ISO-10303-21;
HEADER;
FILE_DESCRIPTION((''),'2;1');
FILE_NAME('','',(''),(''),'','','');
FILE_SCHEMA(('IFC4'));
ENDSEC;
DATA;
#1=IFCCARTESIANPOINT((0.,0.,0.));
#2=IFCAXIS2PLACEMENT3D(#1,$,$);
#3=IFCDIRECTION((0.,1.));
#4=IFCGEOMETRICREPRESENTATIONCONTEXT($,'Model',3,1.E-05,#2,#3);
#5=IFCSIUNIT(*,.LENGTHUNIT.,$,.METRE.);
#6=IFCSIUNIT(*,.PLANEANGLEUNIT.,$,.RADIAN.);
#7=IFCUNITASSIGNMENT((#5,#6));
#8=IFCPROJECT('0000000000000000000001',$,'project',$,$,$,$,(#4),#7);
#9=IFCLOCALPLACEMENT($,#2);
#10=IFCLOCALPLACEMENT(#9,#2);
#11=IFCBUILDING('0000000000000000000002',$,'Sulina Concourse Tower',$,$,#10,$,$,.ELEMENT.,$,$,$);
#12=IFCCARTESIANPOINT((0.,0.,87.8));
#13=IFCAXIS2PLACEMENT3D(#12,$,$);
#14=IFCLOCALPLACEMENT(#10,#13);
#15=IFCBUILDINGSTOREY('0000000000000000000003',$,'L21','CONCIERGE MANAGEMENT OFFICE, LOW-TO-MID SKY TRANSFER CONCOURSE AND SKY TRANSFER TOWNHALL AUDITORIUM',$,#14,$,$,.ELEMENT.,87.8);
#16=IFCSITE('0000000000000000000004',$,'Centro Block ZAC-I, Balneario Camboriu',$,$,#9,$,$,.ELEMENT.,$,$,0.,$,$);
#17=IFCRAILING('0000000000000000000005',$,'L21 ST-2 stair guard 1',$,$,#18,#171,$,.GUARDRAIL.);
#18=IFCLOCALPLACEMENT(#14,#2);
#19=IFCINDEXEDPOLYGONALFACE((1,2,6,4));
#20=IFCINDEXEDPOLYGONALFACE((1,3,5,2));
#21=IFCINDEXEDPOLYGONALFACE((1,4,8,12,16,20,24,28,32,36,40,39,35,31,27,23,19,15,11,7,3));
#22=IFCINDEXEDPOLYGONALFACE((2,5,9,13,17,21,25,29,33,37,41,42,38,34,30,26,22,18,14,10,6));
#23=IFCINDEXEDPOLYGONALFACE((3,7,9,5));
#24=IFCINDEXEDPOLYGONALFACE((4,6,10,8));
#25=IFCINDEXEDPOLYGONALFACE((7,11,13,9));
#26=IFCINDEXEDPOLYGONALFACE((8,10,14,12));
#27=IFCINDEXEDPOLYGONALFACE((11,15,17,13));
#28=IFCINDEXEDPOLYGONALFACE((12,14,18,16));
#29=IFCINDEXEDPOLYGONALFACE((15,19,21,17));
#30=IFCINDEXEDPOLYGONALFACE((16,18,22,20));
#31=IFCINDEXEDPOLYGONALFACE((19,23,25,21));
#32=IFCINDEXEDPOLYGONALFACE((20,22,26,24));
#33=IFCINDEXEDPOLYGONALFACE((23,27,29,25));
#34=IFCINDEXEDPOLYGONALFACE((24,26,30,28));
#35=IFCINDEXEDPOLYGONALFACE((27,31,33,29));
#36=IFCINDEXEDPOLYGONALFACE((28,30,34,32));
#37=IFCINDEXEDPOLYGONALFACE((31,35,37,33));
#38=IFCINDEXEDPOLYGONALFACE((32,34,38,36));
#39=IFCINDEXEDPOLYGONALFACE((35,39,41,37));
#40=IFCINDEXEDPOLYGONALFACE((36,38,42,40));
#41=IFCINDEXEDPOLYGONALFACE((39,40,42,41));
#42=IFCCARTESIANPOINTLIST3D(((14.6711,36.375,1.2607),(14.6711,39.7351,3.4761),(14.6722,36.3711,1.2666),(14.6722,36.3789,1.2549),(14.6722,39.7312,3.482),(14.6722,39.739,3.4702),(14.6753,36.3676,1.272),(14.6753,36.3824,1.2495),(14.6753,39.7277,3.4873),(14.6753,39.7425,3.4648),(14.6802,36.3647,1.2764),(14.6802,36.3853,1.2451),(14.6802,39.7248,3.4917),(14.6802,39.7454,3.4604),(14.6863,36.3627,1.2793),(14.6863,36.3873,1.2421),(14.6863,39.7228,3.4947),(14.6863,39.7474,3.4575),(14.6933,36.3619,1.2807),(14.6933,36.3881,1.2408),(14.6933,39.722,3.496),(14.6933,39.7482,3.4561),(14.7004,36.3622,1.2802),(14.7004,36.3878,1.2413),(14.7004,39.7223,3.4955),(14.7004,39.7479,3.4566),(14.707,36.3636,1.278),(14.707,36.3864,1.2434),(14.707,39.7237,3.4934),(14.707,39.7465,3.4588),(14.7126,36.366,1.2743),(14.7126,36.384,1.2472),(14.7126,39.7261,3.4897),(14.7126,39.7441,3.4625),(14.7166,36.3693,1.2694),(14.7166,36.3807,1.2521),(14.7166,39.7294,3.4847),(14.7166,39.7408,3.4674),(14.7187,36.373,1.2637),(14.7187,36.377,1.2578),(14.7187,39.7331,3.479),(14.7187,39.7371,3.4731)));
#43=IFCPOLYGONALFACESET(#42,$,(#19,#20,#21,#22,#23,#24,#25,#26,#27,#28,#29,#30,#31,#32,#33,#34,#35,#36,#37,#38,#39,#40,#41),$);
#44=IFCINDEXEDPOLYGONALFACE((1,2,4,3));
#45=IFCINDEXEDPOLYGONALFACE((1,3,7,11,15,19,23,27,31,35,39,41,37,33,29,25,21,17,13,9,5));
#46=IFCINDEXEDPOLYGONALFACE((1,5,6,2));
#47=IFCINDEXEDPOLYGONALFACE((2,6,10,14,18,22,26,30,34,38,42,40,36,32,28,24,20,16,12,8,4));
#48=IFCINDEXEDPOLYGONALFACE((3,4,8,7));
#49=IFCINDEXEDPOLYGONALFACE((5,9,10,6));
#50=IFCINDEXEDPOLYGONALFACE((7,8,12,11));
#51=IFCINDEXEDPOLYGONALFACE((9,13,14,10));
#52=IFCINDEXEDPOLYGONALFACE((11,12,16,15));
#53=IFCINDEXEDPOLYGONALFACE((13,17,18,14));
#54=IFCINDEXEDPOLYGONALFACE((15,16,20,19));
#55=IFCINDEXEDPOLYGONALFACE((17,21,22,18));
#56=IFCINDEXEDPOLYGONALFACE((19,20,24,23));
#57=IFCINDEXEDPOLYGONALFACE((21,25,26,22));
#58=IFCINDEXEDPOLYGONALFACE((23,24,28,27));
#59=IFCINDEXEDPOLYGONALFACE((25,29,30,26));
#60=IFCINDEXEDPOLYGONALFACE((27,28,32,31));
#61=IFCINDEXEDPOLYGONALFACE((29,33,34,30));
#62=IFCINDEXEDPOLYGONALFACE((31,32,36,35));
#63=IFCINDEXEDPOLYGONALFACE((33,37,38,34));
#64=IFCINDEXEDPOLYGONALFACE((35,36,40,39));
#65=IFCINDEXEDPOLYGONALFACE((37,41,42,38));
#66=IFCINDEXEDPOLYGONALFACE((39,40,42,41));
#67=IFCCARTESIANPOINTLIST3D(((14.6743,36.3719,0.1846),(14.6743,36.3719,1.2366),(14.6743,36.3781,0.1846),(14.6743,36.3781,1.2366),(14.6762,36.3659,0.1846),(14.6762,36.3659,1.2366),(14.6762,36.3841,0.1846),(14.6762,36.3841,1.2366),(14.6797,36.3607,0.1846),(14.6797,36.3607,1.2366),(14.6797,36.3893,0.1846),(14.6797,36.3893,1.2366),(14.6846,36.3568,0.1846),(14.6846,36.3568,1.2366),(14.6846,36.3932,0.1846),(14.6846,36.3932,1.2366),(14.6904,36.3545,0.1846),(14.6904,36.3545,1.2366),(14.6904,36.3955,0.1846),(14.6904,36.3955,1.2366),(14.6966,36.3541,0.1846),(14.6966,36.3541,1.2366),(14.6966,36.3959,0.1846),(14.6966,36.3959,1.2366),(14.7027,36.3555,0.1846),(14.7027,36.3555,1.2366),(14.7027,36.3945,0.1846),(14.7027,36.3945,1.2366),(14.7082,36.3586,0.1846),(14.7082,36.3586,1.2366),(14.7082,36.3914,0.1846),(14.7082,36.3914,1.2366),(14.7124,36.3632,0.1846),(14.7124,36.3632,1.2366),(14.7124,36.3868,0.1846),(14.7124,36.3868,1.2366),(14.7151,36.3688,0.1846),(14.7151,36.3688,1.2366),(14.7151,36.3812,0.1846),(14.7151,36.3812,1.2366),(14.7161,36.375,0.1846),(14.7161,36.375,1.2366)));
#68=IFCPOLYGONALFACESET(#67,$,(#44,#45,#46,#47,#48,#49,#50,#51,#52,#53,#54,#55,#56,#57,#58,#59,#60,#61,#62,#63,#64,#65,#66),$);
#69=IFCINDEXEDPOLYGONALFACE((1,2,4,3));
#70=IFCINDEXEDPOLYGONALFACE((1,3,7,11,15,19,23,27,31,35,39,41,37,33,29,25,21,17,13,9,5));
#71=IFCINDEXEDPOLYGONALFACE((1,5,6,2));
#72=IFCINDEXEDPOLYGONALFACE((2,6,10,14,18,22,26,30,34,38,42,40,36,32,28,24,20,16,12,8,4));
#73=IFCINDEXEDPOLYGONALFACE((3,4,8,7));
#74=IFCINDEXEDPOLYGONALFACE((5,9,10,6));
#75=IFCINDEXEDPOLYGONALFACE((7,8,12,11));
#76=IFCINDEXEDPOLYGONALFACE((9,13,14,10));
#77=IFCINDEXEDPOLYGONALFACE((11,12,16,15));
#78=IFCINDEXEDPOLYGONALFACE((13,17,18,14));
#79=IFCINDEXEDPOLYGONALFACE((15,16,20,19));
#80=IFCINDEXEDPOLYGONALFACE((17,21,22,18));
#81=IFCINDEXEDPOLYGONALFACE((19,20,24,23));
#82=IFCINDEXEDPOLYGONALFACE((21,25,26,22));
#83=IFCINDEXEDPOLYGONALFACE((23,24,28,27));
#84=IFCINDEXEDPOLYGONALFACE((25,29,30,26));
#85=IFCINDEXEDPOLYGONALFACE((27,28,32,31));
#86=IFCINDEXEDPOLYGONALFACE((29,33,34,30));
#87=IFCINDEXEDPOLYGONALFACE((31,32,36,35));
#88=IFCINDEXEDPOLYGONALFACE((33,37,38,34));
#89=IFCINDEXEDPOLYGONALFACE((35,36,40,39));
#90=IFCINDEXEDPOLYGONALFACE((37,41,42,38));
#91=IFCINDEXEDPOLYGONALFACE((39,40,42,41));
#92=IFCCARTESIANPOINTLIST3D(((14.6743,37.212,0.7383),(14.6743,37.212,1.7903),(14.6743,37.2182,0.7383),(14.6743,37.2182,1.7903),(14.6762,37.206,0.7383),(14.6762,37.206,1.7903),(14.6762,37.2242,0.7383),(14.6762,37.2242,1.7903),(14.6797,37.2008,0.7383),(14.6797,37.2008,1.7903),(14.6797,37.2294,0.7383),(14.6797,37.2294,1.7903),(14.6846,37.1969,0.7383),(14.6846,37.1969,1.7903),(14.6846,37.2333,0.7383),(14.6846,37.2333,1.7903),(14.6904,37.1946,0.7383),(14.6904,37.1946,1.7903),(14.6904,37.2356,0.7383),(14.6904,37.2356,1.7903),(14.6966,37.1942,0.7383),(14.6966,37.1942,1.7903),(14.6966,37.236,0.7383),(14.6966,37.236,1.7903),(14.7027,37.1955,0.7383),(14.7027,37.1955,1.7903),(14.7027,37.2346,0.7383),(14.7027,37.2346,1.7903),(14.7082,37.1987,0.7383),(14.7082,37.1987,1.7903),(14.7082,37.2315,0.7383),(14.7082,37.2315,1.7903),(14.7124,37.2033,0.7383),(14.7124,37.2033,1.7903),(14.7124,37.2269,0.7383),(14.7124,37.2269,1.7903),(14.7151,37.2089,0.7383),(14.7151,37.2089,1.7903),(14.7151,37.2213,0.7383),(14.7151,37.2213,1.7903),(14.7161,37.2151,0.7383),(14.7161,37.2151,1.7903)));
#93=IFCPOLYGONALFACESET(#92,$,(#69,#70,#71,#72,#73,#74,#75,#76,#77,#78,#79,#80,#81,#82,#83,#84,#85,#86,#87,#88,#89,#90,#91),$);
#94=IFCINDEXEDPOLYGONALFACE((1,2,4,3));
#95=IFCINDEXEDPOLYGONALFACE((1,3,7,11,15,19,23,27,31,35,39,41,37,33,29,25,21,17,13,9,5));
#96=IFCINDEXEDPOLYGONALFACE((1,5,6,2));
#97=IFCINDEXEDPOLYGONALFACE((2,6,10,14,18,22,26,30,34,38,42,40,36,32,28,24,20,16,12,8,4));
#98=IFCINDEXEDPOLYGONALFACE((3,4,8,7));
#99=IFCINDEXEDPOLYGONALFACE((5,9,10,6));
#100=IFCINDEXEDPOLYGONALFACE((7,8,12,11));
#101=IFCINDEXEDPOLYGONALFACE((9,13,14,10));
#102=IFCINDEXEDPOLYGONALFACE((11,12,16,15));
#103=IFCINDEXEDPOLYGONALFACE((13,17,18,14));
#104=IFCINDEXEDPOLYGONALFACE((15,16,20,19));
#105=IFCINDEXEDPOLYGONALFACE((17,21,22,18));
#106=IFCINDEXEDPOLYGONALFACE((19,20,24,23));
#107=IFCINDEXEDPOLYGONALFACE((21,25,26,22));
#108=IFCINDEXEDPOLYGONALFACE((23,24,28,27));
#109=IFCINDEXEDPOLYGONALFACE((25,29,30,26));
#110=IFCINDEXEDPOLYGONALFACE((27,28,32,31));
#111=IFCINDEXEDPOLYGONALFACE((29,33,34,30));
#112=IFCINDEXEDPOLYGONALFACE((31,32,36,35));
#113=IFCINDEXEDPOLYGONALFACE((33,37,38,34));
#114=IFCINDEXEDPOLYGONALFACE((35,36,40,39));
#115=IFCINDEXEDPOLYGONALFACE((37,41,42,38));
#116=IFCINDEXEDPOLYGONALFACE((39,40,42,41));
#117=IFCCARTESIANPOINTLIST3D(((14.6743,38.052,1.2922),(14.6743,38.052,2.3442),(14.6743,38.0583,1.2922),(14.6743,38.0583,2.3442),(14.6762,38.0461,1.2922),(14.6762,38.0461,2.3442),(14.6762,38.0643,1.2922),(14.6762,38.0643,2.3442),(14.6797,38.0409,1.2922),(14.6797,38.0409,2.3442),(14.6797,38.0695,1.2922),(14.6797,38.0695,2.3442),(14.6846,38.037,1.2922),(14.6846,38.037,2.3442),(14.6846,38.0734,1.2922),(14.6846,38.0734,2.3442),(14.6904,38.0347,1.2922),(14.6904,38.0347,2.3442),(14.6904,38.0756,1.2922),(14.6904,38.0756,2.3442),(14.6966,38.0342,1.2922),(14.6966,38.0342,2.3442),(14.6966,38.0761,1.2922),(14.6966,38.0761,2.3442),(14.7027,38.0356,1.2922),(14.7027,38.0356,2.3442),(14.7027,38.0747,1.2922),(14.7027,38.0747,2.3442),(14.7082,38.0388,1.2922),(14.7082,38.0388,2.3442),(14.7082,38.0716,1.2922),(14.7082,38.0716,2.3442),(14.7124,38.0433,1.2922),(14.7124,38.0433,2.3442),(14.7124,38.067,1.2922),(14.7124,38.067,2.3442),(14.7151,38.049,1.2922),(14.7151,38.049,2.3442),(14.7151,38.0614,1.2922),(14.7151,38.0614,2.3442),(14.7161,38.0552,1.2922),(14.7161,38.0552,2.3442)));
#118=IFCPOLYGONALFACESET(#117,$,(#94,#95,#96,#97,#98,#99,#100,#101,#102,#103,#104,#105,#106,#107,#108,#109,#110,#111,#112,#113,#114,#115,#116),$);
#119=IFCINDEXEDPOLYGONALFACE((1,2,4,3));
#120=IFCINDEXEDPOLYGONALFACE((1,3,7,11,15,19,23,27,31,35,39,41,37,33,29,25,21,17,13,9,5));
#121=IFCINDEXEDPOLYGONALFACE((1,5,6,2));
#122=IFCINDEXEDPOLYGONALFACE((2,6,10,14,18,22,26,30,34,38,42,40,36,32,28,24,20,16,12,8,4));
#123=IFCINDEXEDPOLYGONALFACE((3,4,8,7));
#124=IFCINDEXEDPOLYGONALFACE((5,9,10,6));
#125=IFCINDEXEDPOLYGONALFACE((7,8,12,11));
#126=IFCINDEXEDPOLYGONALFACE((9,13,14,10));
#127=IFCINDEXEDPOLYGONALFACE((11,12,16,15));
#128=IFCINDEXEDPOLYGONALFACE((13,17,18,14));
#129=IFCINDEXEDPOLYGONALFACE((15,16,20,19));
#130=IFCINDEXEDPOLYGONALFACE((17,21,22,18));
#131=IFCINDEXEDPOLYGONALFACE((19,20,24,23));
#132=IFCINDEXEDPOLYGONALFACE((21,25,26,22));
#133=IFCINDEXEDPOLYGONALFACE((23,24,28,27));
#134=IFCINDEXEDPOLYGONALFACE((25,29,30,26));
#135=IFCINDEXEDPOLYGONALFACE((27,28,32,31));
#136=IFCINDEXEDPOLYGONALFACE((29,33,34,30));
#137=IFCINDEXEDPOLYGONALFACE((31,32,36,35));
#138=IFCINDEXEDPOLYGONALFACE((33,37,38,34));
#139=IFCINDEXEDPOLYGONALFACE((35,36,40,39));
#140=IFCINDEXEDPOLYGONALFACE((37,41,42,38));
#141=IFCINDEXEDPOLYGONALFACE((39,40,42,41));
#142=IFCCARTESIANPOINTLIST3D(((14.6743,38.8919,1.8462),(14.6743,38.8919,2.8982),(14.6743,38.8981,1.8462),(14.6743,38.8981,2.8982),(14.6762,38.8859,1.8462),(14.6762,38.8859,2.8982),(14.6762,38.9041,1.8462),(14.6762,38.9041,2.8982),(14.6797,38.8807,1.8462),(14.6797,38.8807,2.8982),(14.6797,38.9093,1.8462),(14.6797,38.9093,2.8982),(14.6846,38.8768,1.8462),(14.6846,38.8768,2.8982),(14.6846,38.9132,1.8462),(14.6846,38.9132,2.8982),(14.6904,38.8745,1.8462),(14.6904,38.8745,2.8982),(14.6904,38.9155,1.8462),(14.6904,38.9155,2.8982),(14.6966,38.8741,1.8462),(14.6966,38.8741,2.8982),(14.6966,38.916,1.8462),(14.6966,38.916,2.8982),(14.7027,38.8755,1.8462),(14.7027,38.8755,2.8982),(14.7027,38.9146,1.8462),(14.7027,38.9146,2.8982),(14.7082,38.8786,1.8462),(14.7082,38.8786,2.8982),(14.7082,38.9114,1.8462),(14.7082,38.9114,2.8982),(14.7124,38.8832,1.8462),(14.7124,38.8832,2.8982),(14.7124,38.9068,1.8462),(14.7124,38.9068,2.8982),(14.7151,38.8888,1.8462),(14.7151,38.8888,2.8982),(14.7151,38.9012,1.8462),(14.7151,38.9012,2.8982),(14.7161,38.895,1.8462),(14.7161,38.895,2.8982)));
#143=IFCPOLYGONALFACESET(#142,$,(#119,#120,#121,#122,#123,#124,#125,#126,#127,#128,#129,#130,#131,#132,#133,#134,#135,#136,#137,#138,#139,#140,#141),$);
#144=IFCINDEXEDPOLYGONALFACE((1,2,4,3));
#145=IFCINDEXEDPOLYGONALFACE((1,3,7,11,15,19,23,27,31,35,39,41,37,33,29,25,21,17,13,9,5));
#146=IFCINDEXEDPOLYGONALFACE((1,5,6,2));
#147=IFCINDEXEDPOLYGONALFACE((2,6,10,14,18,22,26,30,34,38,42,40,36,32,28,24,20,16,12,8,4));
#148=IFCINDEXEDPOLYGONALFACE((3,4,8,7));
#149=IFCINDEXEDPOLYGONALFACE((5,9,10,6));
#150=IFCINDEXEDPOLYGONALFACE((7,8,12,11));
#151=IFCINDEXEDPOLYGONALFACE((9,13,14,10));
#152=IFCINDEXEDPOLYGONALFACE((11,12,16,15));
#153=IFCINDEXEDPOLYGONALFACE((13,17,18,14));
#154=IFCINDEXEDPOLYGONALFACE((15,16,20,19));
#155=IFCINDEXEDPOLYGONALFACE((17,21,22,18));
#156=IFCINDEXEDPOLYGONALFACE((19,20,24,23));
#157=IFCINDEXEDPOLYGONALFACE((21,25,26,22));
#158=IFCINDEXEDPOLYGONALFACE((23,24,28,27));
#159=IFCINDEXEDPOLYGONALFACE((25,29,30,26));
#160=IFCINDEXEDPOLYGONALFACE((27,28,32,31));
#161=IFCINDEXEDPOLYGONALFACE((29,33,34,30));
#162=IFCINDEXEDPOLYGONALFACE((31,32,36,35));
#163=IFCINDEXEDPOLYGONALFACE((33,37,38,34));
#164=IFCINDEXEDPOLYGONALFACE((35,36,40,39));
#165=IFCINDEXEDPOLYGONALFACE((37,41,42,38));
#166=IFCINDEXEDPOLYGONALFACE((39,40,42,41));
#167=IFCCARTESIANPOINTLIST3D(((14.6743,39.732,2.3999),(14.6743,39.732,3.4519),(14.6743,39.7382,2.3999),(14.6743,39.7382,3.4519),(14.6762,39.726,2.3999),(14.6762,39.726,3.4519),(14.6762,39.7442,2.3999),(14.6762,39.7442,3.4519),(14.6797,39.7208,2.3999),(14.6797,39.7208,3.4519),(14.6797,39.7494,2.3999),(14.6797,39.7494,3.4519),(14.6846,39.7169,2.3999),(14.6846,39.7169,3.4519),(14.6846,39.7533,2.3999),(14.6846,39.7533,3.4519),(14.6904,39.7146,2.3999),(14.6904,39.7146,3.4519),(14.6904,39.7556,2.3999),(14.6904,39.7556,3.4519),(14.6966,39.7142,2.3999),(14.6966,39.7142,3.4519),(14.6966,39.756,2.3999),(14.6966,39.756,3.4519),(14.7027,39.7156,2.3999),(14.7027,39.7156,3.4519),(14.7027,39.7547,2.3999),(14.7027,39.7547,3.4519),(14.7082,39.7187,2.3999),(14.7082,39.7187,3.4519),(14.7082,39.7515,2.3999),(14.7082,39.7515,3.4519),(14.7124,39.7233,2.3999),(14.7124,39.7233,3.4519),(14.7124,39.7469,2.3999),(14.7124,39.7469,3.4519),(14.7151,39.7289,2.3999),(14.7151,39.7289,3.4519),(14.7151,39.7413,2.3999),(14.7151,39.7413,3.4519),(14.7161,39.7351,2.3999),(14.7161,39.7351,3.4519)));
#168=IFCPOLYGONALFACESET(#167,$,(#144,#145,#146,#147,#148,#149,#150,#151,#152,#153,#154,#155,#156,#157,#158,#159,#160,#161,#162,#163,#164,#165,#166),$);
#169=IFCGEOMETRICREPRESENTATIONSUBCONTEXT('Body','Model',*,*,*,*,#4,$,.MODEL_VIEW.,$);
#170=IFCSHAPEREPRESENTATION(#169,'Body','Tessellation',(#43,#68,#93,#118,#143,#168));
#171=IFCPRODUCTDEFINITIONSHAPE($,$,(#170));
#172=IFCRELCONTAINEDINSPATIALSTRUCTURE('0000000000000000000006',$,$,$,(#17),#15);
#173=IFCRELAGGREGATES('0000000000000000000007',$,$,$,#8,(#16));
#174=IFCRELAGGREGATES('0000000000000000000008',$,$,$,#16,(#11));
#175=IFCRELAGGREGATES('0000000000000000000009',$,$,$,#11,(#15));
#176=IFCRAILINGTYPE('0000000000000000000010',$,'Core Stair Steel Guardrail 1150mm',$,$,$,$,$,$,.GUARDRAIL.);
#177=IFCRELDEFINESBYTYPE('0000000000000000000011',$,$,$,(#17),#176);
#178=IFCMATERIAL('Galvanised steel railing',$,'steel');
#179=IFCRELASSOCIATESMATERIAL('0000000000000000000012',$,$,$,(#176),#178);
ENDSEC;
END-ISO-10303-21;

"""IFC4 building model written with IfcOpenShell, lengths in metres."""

from ifc_helpers import new_model, si_unit, direction, frame, origin, origin_2d, place, context, subcontext, project, spatial, circle, extrude, material, type_object, element, save


model = new_model("IFC4")

# Units and contexts
model_context = context("Model", 3, precision=1e-05, world=origin(), true_north=direction((0.0, 1.0)))
body_context = subcontext(model_context, "Body", "Model", "MODEL_VIEW")
ifc_project = project(units=[si_unit("LENGTHUNIT", "METRE"), si_unit("PLANEANGLEUNIT", "RADIAN")], contexts=[model_context])

# Site, building, storey
site_placement = place(None, origin())
site = spatial("IfcSite", under=ifc_project, at=site_placement, Name="Centro Block ZAC-I, Balneario Camboriu", CompositionType="ELEMENT", RefElevation=0.0)
building_placement = place(site_placement, origin())
building = spatial("IfcBuilding", under=site, at=building_placement, Name="Sulina Concourse Tower", CompositionType="ELEMENT")
storey_placement = place(building_placement, frame((0.0, 0.0, 87.8)))
storey = spatial("IfcBuildingStorey", under=building, at=storey_placement, Name="L21", Description="CONCIERGE MANAGEMENT OFFICE, LOW-TO-MID SKY TRANSFER CONCOURSE AND SKY TRANSFER TOWNHALL AUDITORIUM", CompositionType="ELEMENT", Elevation=87.8)

# Railing
ifc_material_1 = material(Name="Galvanised steel railing", Category="steel")
railing_type_1 = type_object("IfcRailingType", Name="Core Stair Steel Guardrail 1150mm", PredefinedType="GUARDRAIL", material=ifc_material_1)
railing_1_placement = place(storey_placement, frame((14.6951, 36.375, 0.1846)))
element("IfcRailing", 1, at=railing_1_placement, inside=storey, type_object=railing_type_1, Name="L21 ST-2 stair guard 1", PredefinedType="GUARDRAIL", context=body_context, shape_type="SweptSolid", body=[
    extrude(circle(Radius=0.0239, at=origin_2d()), frame((0.0, 0.0, 1.0762), z_axis=(0.0, 0.834876, 0.550437), x_axis=(-1.0, 0.0, 0.0)), (0.0, 0.0, 1.0), 4.0247),
    extrude(circle(Radius=0.021, at=origin_2d()), origin(), (0.0, 0.0, 1.0), 1.052),
    extrude(circle(Radius=0.021, at=origin_2d()), frame((0.0, 0.8401, 0.5537)), (0.0, 0.0, 1.0), 1.052),
    extrude(circle(Radius=0.021, at=origin_2d()), frame((0.0, 1.6802, 1.1077)), (0.0, 0.0, 1.0), 1.052),
    extrude(circle(Radius=0.021, at=origin_2d()), frame((0.0, 2.52, 1.6616)), (0.0, 0.0, 1.0), 1.052),
    extrude(circle(Radius=0.021, at=origin_2d()), frame((0.0, 3.3601, 2.2153)), (0.0, 0.0, 1.0), 1.052),
])

save(model, "model.ifc")
